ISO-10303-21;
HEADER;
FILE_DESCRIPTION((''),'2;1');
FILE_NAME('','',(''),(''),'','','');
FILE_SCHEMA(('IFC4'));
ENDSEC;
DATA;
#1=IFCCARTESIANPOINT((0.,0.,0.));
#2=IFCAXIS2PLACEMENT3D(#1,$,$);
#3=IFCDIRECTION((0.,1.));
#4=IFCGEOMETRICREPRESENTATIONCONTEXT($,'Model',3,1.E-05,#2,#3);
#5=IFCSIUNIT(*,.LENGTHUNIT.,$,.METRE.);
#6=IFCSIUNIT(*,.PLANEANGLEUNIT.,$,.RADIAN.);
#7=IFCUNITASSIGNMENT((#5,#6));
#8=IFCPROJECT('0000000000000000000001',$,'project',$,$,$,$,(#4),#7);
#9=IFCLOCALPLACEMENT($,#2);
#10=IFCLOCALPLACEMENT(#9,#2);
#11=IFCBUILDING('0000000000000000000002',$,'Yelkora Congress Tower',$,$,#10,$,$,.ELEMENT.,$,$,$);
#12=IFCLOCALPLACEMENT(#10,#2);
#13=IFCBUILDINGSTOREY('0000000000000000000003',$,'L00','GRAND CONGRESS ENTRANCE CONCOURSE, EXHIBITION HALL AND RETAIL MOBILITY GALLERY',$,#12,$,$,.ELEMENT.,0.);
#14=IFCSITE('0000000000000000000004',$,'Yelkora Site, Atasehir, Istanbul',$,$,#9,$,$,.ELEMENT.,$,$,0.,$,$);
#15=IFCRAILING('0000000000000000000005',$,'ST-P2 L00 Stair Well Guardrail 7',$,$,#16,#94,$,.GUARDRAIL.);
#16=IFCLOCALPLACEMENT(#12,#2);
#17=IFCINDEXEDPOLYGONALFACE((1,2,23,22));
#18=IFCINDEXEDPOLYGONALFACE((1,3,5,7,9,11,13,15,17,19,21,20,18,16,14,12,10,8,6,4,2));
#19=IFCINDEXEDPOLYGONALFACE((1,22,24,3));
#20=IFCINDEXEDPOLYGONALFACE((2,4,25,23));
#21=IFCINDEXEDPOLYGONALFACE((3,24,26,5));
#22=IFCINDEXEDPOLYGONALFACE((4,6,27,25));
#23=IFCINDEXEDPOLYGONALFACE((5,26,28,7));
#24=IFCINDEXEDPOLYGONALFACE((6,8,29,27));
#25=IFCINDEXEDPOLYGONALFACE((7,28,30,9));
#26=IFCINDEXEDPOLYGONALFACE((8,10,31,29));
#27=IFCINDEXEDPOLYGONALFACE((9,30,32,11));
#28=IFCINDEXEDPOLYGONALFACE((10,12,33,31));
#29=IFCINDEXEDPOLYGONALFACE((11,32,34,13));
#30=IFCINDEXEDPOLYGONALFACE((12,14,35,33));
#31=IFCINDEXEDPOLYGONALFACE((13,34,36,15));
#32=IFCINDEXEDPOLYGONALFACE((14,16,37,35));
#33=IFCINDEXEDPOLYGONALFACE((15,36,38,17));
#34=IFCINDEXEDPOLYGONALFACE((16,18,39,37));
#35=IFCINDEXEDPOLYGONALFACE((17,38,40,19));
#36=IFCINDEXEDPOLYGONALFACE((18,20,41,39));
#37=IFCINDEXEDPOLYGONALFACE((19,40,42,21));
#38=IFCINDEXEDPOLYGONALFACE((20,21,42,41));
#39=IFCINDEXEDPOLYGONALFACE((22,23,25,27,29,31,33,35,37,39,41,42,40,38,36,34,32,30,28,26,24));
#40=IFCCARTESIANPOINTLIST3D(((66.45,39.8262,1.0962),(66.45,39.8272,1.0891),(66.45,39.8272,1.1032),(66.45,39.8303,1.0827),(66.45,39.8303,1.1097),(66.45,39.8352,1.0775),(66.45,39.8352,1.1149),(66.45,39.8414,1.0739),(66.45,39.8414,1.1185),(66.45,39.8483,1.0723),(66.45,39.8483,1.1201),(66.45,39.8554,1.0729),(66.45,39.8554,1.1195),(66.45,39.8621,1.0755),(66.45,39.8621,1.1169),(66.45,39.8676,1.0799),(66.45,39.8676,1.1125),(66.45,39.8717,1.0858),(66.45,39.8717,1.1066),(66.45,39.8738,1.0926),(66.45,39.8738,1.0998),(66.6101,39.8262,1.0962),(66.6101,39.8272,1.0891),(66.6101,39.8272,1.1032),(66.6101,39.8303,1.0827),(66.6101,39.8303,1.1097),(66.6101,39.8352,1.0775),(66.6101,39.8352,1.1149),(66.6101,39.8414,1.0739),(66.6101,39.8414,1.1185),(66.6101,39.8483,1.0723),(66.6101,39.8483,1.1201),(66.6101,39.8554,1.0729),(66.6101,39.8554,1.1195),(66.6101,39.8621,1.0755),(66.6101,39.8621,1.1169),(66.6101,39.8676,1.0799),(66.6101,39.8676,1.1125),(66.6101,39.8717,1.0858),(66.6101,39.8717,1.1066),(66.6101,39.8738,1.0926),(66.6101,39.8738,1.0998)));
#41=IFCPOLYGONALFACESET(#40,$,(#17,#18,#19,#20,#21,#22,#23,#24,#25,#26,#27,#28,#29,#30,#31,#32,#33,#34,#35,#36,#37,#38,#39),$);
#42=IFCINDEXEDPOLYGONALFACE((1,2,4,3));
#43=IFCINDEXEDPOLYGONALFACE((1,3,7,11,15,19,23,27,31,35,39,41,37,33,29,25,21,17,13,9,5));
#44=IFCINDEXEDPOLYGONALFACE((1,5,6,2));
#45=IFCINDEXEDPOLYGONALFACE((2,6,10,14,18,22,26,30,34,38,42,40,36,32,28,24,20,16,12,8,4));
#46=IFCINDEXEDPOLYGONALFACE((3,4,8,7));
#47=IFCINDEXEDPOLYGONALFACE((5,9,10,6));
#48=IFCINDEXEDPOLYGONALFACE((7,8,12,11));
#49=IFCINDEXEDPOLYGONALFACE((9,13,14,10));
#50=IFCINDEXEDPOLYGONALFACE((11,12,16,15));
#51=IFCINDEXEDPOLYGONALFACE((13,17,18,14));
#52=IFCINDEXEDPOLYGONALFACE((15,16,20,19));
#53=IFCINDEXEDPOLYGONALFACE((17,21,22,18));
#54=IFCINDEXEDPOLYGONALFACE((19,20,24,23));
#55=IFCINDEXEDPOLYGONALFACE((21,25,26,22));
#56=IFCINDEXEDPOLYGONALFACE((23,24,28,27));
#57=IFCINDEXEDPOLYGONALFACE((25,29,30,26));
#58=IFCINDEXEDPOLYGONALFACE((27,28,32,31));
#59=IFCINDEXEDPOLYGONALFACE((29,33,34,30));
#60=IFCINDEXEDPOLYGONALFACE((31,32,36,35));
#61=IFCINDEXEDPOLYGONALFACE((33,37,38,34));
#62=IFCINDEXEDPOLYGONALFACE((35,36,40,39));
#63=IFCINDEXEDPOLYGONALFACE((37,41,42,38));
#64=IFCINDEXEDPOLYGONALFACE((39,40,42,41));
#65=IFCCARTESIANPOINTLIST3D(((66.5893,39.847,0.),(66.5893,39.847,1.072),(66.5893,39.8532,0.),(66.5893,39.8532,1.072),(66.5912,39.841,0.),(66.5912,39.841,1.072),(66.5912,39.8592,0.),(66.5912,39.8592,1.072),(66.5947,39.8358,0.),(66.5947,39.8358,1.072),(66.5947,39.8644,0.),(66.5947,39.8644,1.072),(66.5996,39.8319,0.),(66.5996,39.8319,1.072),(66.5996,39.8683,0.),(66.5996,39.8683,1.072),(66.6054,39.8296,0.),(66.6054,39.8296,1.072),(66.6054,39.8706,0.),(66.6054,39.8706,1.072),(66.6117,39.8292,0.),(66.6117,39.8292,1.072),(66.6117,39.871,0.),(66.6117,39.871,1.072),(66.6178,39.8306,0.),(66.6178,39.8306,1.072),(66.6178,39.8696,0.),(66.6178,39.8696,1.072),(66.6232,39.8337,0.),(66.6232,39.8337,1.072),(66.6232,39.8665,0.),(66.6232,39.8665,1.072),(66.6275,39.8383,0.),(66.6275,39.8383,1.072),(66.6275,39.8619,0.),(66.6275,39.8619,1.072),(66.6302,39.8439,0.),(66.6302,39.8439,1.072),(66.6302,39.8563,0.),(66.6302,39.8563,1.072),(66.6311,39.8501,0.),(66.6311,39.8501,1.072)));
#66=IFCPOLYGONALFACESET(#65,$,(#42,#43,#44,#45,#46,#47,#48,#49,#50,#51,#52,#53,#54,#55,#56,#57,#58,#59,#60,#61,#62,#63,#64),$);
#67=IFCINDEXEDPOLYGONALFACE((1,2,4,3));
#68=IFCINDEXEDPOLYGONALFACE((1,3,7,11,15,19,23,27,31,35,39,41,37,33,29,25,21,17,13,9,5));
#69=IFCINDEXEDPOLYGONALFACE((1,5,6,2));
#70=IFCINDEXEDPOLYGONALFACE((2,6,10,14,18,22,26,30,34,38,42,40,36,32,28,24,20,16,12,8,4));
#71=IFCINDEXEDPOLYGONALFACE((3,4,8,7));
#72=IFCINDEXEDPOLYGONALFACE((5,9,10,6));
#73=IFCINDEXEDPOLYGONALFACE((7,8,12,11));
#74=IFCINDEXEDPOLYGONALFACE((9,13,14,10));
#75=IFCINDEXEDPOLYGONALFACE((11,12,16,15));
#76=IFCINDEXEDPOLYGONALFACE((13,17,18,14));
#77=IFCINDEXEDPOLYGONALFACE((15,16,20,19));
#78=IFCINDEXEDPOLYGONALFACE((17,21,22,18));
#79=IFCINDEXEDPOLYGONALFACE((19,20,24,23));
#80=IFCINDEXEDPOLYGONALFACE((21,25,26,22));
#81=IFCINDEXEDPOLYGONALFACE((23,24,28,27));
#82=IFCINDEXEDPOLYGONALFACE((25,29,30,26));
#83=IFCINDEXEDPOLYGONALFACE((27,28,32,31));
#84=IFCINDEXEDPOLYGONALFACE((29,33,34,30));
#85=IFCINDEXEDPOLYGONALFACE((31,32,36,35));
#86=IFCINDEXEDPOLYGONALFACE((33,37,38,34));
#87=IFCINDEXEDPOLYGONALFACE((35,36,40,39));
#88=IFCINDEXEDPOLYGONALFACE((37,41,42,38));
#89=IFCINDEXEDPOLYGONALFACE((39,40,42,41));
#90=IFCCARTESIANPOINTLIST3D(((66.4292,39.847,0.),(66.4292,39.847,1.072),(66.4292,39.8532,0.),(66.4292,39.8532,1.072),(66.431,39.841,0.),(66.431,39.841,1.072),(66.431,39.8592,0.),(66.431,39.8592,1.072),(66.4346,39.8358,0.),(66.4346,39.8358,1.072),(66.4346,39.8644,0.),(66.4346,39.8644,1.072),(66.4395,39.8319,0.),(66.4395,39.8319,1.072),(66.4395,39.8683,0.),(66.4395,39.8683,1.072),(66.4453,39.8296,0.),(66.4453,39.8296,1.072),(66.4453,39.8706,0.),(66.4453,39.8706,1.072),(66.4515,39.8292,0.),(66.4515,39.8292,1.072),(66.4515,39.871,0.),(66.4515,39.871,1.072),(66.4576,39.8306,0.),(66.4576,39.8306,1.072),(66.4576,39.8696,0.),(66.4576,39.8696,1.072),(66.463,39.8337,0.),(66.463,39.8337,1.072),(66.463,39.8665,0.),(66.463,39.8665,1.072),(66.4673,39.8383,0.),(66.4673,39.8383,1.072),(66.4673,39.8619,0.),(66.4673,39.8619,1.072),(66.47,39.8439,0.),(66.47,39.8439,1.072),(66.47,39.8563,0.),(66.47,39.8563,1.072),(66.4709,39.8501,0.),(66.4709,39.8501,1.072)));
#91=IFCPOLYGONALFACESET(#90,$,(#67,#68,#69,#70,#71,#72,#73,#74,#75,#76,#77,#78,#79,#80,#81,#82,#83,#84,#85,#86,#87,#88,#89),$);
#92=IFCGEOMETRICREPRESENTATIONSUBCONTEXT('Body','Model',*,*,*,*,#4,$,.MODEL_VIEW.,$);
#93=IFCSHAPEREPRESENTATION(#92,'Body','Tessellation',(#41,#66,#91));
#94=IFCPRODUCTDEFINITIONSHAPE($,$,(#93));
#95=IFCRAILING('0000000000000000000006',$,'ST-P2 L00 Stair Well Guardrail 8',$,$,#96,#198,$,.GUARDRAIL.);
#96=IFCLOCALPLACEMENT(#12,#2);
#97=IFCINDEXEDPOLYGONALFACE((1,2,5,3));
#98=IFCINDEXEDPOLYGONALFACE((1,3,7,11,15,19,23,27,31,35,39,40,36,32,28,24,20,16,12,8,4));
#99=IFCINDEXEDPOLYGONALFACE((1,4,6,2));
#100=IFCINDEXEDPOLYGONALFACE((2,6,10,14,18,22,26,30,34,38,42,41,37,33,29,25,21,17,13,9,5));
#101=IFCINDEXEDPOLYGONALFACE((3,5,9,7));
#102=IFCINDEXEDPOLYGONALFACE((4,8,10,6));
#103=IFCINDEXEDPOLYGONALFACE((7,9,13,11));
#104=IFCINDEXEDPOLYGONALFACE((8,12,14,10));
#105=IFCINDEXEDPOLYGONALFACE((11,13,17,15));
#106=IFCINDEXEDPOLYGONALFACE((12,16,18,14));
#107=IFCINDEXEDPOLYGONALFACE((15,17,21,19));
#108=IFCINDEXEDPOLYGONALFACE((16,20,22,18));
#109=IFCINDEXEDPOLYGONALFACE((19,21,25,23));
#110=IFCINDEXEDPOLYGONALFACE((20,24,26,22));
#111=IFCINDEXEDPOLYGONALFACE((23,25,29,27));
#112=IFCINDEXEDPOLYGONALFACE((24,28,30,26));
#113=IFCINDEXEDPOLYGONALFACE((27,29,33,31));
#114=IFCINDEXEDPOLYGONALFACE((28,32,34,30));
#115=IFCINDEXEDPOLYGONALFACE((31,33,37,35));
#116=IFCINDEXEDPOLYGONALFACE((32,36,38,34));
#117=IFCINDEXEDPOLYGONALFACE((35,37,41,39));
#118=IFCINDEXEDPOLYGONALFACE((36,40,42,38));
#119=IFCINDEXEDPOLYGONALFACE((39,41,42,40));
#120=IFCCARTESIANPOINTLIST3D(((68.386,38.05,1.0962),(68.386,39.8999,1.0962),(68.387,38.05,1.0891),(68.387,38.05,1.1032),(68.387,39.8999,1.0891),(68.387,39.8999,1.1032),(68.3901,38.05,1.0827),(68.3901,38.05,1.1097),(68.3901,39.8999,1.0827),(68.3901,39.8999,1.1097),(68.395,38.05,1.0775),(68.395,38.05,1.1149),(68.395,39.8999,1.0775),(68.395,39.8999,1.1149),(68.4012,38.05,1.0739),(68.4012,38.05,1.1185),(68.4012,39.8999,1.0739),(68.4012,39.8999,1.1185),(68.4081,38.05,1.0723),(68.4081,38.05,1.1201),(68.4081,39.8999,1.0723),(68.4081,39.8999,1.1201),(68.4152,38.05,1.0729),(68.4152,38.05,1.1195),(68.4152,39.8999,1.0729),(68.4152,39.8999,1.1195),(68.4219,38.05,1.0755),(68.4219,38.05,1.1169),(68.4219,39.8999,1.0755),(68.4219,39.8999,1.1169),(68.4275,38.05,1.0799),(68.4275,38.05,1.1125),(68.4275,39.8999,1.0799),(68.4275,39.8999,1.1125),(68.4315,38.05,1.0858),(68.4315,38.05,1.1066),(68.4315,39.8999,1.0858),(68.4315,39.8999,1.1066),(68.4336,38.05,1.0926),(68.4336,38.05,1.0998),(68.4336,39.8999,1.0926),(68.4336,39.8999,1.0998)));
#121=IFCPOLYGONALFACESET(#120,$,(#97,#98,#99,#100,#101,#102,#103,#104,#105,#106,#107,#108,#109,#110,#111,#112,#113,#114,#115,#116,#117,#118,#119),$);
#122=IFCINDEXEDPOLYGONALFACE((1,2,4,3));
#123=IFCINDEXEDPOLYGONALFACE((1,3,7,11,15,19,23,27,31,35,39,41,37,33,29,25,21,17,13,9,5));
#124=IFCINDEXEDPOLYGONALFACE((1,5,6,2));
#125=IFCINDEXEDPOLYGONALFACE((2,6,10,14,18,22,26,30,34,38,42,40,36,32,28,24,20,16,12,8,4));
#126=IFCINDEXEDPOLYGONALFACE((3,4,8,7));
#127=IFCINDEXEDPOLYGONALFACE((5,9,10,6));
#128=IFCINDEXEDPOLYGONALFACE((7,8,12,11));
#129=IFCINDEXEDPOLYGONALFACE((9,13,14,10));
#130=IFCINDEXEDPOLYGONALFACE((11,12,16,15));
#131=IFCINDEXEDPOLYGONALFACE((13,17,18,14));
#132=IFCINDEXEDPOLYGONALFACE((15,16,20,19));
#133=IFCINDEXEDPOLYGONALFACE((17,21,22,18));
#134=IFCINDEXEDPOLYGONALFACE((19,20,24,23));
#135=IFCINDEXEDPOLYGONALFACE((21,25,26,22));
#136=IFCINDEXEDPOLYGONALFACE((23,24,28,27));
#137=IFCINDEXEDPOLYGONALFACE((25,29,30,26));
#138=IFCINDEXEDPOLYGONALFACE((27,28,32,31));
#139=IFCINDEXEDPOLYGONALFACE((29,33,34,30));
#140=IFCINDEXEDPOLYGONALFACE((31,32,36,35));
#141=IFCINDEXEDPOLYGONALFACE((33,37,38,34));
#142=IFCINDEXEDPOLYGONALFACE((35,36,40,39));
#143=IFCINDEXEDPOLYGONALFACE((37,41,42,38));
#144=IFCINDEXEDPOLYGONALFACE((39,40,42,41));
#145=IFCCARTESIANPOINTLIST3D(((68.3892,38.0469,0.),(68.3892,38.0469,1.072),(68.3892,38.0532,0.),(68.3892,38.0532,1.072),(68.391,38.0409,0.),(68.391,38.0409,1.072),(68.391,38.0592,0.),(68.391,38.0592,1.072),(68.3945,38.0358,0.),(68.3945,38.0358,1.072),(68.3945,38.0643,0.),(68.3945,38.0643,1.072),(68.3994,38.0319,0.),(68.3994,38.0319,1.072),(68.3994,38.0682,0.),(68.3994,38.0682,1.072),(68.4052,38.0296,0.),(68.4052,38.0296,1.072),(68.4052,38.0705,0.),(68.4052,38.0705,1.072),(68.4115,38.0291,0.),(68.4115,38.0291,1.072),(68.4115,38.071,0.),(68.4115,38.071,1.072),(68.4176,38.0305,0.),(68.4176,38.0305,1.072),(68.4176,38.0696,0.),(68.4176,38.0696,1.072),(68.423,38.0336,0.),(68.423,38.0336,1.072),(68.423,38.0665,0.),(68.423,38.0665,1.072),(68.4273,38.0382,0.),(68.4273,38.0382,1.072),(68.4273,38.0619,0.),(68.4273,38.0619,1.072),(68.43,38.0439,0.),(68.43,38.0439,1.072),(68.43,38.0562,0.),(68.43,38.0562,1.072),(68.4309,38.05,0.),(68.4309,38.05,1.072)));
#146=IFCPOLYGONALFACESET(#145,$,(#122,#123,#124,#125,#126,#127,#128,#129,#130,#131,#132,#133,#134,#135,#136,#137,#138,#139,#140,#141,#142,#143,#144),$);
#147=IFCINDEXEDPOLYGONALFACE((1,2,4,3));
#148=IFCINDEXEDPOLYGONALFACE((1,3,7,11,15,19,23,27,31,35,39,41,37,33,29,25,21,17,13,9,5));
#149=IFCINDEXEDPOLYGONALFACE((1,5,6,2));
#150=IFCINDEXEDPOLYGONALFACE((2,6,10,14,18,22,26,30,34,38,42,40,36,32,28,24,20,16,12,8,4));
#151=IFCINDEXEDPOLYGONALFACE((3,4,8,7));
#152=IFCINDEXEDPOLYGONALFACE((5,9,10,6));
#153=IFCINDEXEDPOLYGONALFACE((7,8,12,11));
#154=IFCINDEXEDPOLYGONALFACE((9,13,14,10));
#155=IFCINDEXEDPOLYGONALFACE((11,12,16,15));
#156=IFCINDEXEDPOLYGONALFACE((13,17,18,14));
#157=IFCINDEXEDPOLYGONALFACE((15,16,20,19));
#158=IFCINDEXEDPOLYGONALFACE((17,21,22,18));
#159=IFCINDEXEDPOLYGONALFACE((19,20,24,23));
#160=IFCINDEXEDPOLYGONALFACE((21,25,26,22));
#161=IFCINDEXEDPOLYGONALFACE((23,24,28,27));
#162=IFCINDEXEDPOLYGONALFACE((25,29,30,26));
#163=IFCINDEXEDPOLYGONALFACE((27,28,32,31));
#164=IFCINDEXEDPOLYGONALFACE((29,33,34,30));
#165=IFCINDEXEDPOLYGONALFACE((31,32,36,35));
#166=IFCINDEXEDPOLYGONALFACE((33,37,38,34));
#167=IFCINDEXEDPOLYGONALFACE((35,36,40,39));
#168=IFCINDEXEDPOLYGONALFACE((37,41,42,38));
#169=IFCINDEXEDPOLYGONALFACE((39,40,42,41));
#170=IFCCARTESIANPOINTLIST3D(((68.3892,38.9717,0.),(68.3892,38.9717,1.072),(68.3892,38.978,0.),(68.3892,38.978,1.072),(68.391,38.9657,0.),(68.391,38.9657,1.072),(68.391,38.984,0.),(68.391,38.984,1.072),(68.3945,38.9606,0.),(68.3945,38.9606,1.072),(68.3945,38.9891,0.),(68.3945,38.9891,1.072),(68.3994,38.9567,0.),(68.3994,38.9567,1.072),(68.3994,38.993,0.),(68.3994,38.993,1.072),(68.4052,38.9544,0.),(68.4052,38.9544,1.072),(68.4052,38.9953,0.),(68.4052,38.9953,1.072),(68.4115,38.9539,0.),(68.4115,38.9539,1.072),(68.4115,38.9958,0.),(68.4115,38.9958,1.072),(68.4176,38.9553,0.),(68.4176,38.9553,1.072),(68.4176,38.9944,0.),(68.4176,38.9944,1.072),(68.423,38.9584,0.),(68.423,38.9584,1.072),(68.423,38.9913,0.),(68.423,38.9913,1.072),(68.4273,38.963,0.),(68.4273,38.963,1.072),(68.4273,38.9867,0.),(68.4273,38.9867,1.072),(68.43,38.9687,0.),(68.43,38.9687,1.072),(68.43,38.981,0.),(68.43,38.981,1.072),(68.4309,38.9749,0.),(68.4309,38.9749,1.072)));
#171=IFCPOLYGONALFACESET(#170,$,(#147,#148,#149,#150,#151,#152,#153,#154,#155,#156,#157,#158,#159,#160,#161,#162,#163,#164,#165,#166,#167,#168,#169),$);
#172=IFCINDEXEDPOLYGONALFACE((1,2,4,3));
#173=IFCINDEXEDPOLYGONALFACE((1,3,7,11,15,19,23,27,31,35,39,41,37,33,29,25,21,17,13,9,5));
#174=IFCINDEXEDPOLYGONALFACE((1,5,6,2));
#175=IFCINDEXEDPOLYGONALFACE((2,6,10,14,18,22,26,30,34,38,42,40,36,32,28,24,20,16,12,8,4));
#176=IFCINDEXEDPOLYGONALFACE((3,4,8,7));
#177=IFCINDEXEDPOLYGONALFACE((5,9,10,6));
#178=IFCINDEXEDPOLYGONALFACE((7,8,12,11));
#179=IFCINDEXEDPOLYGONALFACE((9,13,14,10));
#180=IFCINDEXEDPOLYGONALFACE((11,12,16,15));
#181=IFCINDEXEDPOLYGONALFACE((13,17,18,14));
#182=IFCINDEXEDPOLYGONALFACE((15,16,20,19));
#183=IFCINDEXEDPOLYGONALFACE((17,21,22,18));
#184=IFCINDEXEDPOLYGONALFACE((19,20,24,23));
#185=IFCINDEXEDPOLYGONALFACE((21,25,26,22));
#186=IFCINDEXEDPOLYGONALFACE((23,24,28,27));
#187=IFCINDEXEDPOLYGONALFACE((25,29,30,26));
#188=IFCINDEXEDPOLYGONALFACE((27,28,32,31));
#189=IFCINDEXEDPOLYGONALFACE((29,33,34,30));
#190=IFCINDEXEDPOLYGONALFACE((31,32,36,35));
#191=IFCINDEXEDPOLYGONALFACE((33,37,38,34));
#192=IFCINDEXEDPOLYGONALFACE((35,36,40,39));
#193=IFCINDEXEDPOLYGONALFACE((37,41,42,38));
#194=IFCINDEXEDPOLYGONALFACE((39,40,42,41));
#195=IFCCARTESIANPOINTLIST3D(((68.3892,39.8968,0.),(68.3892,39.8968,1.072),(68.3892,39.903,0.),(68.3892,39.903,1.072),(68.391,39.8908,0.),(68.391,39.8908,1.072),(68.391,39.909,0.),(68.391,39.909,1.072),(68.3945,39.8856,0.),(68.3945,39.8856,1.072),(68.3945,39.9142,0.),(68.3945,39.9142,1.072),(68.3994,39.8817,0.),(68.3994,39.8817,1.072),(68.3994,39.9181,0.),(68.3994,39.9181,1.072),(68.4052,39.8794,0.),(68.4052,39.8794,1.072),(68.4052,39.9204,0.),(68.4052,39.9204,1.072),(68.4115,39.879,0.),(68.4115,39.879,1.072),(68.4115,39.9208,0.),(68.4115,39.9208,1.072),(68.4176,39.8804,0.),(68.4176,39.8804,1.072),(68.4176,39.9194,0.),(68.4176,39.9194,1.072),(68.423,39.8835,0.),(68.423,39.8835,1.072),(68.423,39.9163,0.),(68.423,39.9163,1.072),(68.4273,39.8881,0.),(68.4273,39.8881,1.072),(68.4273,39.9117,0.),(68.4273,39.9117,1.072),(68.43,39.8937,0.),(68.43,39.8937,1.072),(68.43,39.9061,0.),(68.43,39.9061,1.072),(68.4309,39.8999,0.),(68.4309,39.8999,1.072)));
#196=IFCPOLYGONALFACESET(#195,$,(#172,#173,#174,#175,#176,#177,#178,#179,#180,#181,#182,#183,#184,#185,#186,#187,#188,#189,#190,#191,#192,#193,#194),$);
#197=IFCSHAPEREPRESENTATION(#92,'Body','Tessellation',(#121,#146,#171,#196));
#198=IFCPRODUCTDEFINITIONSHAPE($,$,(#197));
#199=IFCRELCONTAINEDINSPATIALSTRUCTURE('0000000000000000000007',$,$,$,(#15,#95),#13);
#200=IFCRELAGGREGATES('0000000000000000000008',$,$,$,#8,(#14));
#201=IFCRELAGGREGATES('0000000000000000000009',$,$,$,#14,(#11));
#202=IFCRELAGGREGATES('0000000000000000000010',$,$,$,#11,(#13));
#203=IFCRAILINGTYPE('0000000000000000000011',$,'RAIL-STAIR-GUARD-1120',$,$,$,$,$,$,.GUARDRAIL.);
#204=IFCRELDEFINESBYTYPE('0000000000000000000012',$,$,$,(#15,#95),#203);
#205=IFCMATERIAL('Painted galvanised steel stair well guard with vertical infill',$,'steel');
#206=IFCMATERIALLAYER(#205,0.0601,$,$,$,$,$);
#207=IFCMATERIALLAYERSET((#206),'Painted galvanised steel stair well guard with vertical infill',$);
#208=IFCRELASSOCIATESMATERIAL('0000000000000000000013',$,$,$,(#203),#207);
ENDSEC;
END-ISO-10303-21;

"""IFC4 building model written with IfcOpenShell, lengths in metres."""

from ifc_helpers import new_model, si_unit, direction, frame, origin, origin_2d, place, context, subcontext, project, spatial, circle, extrude, material, layer, layer_set, type_object, element, save


model = new_model("IFC4")

# Units and contexts
model_context = context("Model", 3, precision=1e-05, world=origin(), true_north=direction((0.0, 1.0)))
body_context = subcontext(model_context, "Body", "Model", "MODEL_VIEW")
ifc_project = project(units=[si_unit("LENGTHUNIT", "METRE"), si_unit("PLANEANGLEUNIT", "RADIAN")], contexts=[model_context])

# Site, building, storey
site_placement = place(None, origin())
site = spatial("IfcSite", under=ifc_project, at=site_placement, Name="Yelkora Site, Atasehir, Istanbul", CompositionType="ELEMENT", RefElevation=0.0)
building_placement = place(site_placement, origin())
building = spatial("IfcBuilding", under=site, at=building_placement, Name="Yelkora Congress Tower", CompositionType="ELEMENT")
storey_placement = place(building_placement, origin())
storey = spatial("IfcBuildingStorey", under=building, at=storey_placement, Name="L00", Description="GRAND CONGRESS ENTRANCE CONCOURSE, EXHIBITION HALL AND RETAIL MOBILITY GALLERY", CompositionType="ELEMENT", Elevation=0.0)

# Railings
ifc_material_1 = material(Name="Painted galvanised steel stair well guard with vertical infill", Category="steel")
ifc_layer_1 = layer(ifc_material_1, 0.0601)
ifc_layer_set_1 = layer_set([ifc_layer_1], Name="Painted galvanised steel stair well guard with vertical infill")
railing_type_1 = type_object("IfcRailingType", Name="RAIL-STAIR-GUARD-1120", PredefinedType="GUARDRAIL", material=ifc_layer_set_1)
railing_1_placement = place(storey_placement, frame((66.6101, 39.8501, 0.0)))
element("IfcRailing", 1, at=railing_1_placement, inside=storey, type_object=railing_type_1, Name="ST-P2 L00 Stair Well Guardrail 7", PredefinedType="GUARDRAIL", context=body_context, shape_type="SweptSolid", body=[
    extrude(circle(Radius=0.0239, at=origin_2d()), frame((0.0, 0.0, 1.0962), z_axis=(-1.0, 0.0, 0.0), x_axis=(0.0, -1.0, 0.0)), (0.0, 0.0, 1.0), 0.1602),
    extrude(circle(Radius=0.021, at=origin_2d()), origin(), (0.0, 0.0, 1.0), 1.072),
    extrude(circle(Radius=0.021, at=origin_2d()), frame((-0.1602, 0.0, 0.0)), (0.0, 0.0, 1.0), 1.072),
])
railing_2_placement = place(storey_placement, frame((68.4099, 38.05, 0.0)))
element("IfcRailing", 2, at=railing_2_placement, inside=storey, type_object=railing_type_1, Name="ST-P2 L00 Stair Well Guardrail 8", PredefinedType="GUARDRAIL", context=body_context, shape_type="SweptSolid", body=[
    extrude(circle(Radius=0.0239, at=origin_2d()), frame((0.0, 0.0, 1.0962), z_axis=(0.0, 1.0, 0.0), x_axis=(-1.0, 0.0, 0.0)), (0.0, 0.0, 1.0), 1.8499),
    extrude(circle(Radius=0.021, at=origin_2d()), origin(), (0.0, 0.0, 1.0), 1.072),
    extrude(circle(Radius=0.021, at=origin_2d()), frame((0.0, 0.9248, 0.0)), (0.0, 0.0, 1.0), 1.072),
    extrude(circle(Radius=0.021, at=origin_2d()), frame((0.0, 1.8499, 0.0)), (0.0, 0.0, 1.0), 1.072),
])

save(model, "model.ifc")
